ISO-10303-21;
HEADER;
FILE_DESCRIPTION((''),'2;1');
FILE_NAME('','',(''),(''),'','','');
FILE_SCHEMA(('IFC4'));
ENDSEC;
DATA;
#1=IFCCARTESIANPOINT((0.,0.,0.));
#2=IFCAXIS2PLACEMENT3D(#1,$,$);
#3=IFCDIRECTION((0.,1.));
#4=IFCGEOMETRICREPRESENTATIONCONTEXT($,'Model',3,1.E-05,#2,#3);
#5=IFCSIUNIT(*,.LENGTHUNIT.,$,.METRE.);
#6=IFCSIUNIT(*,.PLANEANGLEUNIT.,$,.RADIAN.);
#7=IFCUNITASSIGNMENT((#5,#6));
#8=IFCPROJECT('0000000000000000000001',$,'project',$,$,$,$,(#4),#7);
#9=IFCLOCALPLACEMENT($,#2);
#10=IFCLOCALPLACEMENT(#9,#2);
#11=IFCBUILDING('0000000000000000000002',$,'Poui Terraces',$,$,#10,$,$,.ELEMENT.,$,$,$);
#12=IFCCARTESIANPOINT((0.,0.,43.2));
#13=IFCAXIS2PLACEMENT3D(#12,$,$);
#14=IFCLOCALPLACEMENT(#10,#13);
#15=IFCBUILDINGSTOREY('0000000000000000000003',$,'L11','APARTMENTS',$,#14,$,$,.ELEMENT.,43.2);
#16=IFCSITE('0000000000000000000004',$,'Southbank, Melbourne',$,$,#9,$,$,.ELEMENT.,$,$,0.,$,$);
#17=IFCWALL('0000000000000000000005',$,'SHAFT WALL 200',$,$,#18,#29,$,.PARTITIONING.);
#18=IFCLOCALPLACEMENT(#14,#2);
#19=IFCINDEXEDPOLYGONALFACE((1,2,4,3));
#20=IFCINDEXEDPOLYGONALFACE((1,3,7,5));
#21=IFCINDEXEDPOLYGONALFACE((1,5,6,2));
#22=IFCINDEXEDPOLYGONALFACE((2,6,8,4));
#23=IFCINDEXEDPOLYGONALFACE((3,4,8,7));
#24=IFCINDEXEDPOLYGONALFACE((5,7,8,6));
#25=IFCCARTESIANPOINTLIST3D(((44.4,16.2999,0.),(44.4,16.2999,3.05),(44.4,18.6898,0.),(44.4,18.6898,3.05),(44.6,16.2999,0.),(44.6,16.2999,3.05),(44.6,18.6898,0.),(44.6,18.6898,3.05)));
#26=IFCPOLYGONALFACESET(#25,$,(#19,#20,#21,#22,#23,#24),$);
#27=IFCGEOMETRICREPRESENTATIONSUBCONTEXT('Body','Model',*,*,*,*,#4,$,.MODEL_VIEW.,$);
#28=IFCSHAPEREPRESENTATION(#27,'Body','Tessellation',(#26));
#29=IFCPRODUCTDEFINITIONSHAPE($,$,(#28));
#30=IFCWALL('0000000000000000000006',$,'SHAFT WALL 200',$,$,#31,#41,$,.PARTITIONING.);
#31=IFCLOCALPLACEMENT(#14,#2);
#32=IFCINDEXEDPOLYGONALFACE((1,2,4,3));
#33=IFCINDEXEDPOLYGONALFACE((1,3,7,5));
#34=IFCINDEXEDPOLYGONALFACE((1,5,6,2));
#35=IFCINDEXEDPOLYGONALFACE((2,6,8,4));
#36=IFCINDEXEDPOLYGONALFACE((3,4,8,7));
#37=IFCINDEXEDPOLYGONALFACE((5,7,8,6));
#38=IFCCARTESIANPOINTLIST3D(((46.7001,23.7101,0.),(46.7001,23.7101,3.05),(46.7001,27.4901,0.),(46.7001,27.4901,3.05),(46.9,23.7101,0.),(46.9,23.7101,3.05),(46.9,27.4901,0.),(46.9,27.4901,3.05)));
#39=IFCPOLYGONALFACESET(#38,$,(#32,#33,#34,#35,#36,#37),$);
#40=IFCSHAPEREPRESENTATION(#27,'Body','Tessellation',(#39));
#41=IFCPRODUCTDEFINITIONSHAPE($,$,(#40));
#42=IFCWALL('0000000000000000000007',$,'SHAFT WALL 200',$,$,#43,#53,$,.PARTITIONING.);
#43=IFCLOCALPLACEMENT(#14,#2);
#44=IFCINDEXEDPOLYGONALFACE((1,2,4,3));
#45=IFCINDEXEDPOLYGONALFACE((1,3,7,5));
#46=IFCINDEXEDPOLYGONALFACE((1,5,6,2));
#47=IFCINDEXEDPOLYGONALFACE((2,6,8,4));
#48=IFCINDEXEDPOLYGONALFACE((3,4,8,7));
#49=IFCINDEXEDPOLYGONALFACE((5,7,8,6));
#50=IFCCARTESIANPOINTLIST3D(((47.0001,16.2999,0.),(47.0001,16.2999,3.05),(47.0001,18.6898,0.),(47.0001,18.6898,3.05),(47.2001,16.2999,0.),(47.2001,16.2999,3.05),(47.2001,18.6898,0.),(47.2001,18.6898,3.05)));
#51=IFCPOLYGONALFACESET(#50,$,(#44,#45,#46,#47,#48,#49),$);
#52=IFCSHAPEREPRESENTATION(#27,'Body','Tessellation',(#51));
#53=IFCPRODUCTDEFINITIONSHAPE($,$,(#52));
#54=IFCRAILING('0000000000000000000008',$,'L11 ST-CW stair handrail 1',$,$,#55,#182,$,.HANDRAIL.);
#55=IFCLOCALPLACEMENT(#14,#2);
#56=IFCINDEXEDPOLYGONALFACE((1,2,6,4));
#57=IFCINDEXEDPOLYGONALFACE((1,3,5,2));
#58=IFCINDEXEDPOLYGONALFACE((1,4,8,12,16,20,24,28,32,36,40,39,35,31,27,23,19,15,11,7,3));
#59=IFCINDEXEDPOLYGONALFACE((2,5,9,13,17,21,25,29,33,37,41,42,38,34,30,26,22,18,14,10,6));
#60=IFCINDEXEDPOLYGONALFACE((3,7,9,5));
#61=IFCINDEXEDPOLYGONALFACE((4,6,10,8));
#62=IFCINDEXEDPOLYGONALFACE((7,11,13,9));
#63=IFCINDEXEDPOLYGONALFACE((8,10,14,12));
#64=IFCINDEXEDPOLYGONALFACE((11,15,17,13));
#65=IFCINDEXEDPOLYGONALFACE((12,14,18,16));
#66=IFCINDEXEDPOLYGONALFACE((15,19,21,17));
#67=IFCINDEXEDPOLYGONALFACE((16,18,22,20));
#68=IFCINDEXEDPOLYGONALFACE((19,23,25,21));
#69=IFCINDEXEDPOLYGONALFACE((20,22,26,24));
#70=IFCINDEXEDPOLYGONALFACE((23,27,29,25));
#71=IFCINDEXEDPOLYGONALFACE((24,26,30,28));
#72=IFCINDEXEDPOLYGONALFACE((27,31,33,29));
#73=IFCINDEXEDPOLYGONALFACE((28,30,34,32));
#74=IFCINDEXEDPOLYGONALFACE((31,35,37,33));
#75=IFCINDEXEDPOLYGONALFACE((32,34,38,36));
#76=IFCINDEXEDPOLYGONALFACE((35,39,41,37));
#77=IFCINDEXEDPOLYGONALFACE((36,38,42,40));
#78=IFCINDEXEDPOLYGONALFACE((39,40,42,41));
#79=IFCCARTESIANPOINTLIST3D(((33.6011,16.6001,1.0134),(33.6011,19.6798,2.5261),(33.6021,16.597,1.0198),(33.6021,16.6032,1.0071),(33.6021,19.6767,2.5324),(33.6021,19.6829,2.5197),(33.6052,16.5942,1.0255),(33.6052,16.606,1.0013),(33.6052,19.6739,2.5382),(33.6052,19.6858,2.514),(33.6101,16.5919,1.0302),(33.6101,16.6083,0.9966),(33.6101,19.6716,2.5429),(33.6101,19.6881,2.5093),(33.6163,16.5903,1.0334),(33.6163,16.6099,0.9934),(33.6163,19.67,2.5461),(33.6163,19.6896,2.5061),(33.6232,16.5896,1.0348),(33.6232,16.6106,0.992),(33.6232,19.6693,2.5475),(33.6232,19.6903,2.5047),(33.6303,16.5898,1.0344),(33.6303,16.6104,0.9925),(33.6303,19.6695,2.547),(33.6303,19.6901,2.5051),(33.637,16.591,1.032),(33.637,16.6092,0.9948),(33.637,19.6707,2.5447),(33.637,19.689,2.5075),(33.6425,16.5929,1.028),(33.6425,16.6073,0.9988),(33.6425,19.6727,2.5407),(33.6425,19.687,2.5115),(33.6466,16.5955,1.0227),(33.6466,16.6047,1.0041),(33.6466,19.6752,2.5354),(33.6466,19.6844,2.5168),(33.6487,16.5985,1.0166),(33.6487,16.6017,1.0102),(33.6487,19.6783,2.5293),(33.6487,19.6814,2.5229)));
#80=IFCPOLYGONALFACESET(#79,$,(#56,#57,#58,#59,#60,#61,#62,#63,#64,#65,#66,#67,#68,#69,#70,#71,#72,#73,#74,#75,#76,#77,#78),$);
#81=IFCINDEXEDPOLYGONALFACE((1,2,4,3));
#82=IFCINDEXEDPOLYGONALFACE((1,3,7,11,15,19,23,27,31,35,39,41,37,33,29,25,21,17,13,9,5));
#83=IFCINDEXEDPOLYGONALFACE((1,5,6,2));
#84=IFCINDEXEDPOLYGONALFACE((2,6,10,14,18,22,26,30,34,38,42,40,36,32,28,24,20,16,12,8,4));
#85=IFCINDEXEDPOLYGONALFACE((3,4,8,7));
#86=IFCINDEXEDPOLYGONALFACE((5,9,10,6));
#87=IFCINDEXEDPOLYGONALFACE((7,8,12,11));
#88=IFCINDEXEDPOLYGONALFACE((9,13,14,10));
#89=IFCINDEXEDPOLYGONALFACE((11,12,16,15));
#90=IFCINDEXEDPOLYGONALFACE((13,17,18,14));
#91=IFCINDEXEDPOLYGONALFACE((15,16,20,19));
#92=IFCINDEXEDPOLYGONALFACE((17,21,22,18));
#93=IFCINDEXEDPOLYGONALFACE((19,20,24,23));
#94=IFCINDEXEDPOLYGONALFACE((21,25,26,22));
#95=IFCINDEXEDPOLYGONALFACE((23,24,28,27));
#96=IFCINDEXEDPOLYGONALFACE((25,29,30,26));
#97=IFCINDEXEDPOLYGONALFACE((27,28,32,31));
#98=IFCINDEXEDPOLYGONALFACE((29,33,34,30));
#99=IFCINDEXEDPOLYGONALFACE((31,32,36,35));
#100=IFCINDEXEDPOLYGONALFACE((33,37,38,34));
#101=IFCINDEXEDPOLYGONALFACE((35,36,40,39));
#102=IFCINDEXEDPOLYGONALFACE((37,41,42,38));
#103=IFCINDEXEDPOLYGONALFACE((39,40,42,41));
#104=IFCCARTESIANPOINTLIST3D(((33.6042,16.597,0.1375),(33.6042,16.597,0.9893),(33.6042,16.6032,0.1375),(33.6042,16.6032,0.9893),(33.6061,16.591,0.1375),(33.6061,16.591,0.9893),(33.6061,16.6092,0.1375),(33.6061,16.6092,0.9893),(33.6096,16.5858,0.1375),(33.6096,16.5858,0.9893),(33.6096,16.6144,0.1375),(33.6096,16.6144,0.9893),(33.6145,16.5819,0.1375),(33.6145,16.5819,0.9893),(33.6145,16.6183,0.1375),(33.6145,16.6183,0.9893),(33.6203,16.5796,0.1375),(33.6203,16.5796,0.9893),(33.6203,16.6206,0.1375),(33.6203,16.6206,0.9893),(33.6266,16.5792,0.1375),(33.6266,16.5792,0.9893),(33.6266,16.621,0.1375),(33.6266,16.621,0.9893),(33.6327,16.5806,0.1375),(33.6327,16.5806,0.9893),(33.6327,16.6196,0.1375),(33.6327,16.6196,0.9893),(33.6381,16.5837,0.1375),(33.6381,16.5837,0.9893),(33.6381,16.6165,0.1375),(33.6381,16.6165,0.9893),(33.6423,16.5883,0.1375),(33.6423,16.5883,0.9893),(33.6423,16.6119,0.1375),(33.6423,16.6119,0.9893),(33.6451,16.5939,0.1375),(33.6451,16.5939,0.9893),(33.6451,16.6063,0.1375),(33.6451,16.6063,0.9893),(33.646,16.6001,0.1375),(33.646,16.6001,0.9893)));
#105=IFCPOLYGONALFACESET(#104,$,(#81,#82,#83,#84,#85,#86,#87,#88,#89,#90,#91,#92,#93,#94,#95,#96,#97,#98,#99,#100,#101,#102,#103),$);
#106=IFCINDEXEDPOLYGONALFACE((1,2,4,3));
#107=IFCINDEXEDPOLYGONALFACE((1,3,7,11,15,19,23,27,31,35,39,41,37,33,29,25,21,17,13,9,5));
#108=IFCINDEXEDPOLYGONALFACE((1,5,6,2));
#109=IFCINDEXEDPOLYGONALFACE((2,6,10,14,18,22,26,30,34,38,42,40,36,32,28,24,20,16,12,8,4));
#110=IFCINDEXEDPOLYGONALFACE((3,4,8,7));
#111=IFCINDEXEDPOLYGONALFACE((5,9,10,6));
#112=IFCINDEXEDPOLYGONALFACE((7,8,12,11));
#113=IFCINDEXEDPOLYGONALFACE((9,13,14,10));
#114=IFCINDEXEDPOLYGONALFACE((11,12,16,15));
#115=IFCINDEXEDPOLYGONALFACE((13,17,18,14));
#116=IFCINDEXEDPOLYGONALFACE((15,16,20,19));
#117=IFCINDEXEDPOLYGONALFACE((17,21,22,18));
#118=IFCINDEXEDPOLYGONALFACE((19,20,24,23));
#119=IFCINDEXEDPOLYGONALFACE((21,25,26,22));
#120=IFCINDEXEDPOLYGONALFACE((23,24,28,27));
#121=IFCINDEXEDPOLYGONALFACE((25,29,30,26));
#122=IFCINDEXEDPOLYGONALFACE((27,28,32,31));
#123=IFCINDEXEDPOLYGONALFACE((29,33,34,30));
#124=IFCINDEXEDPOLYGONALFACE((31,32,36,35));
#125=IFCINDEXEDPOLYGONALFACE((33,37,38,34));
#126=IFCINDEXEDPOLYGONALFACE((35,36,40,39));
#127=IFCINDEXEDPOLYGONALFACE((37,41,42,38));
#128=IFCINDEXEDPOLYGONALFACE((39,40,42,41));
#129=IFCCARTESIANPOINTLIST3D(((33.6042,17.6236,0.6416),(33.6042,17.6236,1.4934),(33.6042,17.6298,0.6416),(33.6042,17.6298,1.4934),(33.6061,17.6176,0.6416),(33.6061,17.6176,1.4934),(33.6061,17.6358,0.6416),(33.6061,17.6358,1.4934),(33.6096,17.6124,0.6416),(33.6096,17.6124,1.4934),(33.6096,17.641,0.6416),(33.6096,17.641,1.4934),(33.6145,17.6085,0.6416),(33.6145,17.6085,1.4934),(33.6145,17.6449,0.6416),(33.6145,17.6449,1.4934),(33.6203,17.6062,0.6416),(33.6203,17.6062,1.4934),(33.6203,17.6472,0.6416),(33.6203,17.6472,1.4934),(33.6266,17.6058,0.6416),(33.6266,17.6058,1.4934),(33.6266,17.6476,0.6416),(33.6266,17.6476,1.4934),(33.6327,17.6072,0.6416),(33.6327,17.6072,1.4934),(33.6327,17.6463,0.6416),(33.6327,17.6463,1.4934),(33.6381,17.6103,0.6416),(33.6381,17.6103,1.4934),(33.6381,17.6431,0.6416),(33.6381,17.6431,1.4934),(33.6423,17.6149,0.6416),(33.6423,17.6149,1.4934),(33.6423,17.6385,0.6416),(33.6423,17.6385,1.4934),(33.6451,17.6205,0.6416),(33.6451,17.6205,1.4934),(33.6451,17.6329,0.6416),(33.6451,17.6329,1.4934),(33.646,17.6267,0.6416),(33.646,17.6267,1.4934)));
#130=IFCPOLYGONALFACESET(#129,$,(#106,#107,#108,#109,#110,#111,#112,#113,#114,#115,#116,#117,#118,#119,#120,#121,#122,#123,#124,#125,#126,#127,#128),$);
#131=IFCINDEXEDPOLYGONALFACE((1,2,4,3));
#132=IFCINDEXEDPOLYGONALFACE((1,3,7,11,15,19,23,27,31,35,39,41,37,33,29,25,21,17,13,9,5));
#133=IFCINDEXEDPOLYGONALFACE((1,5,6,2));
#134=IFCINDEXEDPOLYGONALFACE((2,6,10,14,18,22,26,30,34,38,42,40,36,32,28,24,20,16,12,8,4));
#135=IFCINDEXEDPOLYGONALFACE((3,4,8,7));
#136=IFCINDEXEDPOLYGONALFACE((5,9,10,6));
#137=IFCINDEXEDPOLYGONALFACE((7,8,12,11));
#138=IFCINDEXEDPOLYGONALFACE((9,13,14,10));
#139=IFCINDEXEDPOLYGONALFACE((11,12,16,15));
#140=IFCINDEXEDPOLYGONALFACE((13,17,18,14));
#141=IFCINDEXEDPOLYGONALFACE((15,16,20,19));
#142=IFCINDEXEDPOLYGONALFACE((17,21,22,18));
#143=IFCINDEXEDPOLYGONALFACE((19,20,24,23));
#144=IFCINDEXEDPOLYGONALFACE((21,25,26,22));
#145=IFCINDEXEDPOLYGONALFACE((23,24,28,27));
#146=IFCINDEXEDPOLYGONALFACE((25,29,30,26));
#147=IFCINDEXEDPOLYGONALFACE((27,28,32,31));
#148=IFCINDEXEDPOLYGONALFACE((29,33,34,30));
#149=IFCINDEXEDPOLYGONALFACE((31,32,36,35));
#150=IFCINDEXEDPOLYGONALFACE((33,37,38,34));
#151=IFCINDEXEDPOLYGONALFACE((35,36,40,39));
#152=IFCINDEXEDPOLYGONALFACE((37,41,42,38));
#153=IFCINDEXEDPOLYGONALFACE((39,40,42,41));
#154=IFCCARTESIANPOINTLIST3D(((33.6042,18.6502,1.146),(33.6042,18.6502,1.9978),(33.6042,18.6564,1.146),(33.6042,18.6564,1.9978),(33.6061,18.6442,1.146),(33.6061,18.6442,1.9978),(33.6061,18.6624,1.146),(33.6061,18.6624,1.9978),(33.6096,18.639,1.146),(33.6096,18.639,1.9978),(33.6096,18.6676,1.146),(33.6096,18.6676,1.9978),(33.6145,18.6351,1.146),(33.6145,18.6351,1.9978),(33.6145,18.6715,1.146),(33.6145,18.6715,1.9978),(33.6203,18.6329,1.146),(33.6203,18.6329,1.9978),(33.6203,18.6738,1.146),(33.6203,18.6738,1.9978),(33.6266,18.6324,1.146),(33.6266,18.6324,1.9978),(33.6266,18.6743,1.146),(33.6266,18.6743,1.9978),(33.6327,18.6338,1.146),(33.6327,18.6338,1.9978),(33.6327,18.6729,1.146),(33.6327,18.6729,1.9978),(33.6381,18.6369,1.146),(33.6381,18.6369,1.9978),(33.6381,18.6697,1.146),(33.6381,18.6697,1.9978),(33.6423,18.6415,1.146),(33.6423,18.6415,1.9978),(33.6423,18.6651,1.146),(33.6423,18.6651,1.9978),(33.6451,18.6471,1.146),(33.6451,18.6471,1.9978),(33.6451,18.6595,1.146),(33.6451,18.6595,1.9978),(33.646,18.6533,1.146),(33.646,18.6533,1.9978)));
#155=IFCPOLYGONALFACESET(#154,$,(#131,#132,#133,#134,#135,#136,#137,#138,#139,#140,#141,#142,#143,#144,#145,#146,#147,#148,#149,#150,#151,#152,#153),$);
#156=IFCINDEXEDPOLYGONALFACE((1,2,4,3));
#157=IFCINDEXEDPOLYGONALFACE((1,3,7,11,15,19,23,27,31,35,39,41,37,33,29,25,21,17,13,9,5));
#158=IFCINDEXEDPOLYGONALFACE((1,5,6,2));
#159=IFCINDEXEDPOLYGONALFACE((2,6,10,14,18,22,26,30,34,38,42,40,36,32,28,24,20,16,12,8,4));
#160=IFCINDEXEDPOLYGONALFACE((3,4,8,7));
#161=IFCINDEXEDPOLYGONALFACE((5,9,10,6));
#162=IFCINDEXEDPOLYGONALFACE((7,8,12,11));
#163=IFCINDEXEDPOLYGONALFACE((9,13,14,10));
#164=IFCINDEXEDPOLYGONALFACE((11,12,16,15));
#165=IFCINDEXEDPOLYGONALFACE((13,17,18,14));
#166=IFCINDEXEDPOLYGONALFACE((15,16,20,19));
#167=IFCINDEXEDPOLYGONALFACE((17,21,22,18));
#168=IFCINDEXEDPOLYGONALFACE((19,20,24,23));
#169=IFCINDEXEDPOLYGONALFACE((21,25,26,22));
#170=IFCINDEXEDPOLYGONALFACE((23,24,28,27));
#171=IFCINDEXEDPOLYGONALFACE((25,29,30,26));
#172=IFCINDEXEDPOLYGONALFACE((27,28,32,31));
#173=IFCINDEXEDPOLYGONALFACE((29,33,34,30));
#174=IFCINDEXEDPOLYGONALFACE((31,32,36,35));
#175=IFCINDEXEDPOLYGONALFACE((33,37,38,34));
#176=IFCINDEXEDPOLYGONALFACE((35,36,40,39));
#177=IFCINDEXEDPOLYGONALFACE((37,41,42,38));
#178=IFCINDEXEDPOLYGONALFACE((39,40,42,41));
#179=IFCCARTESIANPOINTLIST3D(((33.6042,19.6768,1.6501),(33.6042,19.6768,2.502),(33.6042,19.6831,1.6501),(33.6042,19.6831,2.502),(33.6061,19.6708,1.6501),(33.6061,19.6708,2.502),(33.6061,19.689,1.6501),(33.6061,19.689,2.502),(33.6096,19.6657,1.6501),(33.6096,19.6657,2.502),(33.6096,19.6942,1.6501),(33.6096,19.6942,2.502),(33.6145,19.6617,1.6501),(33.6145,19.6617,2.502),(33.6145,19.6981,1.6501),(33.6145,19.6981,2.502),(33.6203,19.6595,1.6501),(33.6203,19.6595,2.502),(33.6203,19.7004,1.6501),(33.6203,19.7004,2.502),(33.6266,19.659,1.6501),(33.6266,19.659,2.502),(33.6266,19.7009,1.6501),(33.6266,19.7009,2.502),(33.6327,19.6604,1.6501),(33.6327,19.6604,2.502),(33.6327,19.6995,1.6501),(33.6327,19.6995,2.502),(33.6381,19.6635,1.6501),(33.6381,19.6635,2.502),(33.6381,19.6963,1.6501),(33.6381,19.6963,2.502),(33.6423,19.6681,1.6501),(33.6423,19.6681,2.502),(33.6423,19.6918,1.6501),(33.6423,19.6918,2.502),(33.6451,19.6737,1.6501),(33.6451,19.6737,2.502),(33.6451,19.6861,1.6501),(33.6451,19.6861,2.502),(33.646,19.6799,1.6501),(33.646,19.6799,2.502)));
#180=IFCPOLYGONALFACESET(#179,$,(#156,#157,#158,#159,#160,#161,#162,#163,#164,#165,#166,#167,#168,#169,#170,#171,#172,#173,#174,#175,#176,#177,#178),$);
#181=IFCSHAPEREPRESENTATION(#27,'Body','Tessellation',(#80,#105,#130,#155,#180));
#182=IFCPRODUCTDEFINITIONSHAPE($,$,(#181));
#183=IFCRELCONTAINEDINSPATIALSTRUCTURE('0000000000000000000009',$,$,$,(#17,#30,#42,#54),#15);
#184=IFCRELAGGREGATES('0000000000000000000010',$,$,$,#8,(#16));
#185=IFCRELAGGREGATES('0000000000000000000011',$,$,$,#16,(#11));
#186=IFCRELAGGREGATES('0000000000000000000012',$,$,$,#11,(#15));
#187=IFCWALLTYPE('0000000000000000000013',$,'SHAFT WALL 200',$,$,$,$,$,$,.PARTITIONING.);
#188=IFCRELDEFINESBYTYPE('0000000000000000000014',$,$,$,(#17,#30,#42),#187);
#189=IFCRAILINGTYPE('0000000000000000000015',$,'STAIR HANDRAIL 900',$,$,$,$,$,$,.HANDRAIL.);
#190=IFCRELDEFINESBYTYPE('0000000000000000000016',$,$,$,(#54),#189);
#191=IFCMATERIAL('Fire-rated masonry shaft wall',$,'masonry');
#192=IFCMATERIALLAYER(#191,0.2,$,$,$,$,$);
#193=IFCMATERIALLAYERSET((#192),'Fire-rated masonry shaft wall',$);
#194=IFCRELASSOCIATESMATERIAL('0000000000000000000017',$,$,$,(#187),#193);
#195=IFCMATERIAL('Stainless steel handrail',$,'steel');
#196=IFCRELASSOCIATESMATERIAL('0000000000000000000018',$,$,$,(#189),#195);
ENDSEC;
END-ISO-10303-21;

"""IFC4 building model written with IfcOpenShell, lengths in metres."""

from ifc_helpers import new_model, si_unit, direction, frame, frame_2d, origin, origin_2d, place, context, subcontext, project, spatial, rectangle, circle, extrude, material, layer, layer_set, type_object, element, save


model = new_model("IFC4")

# Units and contexts
model_context = context("Model", 3, precision=1e-05, world=origin(), true_north=direction((0.0, 1.0)))
body_context = subcontext(model_context, "Body", "Model", "MODEL_VIEW")
ifc_project = project(units=[si_unit("LENGTHUNIT", "METRE"), si_unit("PLANEANGLEUNIT", "RADIAN")], contexts=[model_context])

# Site, building, storey
site_placement = place(None, origin())
site = spatial("IfcSite", under=ifc_project, at=site_placement, Name="Southbank, Melbourne", CompositionType="ELEMENT", RefElevation=0.0)
building_placement = place(site_placement, origin())
building = spatial("IfcBuilding", under=site, at=building_placement, Name="Poui Terraces", CompositionType="ELEMENT")
storey_placement = place(building_placement, frame((0.0, 0.0, 43.2)))
storey = spatial("IfcBuildingStorey", under=building, at=storey_placement, Name="L11", Description="APARTMENTS", CompositionType="ELEMENT", Elevation=43.2)

# Shared definitions
ifc_material_1 = material(Name="Fire-rated masonry shaft wall", Category="masonry")
ifc_layer_1 = layer(ifc_material_1, 0.2)
ifc_layer_set_1 = layer_set([ifc_layer_1], Name="Fire-rated masonry shaft wall")
wall_type_1 = type_object("IfcWallType", Name="SHAFT WALL 200", PredefinedType="PARTITIONING", material=ifc_layer_set_1)

# Walls
wall_1_placement = place(storey_placement, frame((44.5, 16.3, 0.0), z_axis=(0.0, 0.0, 1.0), x_axis=(0.0, 1.0, 0.0)))
element("IfcWall", 1, at=wall_1_placement, inside=storey, type_object=wall_type_1, Name="SHAFT WALL 200", PredefinedType="PARTITIONING", context=body_context, shape_type="SweptSolid", body=[
    extrude(rectangle(XDim=2.3899, YDim=0.2, at=frame_2d((1.1948, 0.0))), origin(), (0.0, 0.0, 1.0), 3.05),
])
wall_2_placement = place(storey_placement, frame((46.8, 23.71, 0.0), z_axis=(0.0, 0.0, 1.0), x_axis=(0.0, 1.0, 0.0)))
element("IfcWall", 2, at=wall_2_placement, inside=storey, type_object=wall_type_1, Name="SHAFT WALL 200", PredefinedType="PARTITIONING", context=body_context, shape_type="SweptSolid", body=[
    extrude(rectangle(XDim=3.78, YDim=0.2, at=frame_2d((1.8901, 0.0))), origin(), (0.0, 0.0, 1.0), 3.05),
])
wall_3_placement = place(storey_placement, frame((47.1001, 16.3, 0.0), z_axis=(0.0, 0.0, 1.0), x_axis=(0.0, 1.0, 0.0)))
element("IfcWall", 3, at=wall_3_placement, inside=storey, type_object=wall_type_1, Name="SHAFT WALL 200", PredefinedType="PARTITIONING", context=body_context, shape_type="SweptSolid", body=[
    extrude(rectangle(XDim=2.3899, YDim=0.2, at=frame_2d((1.1948, 0.0))), origin(), (0.0, 0.0, 1.0), 3.05),
])

# Railing
ifc_material_2 = material(Name="Stainless steel handrail", Category="steel")
railing_type = type_object("IfcRailingType", Name="STAIR HANDRAIL 900", PredefinedType="HANDRAIL", material=ifc_material_2)
railing_placement = place(storey_placement, frame((33.625, 16.6001, 0.1375)))
element("IfcRailing", 4, at=railing_placement, inside=storey, type_object=railing_type, Name="L11 ST-CW stair handrail 1", PredefinedType="HANDRAIL", context=body_context, shape_type="SweptSolid", body=[
    extrude(circle(Radius=0.0239, at=origin_2d()), frame((0.0, 0.0, 0.876), z_axis=(0.0, 0.897578, 0.440856), x_axis=(-1.0, 0.0, 0.0)), (0.0, 0.0, 1.0), 3.4312),
    extrude(circle(Radius=0.021, at=origin_2d()), origin(), (0.0, 0.0, 1.0), 0.8518),
    extrude(circle(Radius=0.021, at=origin_2d()), frame((0.0, 1.0266, 0.5042)), (0.0, 0.0, 1.0), 0.8518),
    extrude(circle(Radius=0.021, at=origin_2d()), frame((0.0, 2.0532, 1.0085)), (0.0, 0.0, 1.0), 0.8518),
    extrude(circle(Radius=0.021, at=origin_2d()), frame((0.0, 3.0798, 1.5127)), (0.0, 0.0, 1.0), 0.8518),
])

save(model, "model.ifc")
